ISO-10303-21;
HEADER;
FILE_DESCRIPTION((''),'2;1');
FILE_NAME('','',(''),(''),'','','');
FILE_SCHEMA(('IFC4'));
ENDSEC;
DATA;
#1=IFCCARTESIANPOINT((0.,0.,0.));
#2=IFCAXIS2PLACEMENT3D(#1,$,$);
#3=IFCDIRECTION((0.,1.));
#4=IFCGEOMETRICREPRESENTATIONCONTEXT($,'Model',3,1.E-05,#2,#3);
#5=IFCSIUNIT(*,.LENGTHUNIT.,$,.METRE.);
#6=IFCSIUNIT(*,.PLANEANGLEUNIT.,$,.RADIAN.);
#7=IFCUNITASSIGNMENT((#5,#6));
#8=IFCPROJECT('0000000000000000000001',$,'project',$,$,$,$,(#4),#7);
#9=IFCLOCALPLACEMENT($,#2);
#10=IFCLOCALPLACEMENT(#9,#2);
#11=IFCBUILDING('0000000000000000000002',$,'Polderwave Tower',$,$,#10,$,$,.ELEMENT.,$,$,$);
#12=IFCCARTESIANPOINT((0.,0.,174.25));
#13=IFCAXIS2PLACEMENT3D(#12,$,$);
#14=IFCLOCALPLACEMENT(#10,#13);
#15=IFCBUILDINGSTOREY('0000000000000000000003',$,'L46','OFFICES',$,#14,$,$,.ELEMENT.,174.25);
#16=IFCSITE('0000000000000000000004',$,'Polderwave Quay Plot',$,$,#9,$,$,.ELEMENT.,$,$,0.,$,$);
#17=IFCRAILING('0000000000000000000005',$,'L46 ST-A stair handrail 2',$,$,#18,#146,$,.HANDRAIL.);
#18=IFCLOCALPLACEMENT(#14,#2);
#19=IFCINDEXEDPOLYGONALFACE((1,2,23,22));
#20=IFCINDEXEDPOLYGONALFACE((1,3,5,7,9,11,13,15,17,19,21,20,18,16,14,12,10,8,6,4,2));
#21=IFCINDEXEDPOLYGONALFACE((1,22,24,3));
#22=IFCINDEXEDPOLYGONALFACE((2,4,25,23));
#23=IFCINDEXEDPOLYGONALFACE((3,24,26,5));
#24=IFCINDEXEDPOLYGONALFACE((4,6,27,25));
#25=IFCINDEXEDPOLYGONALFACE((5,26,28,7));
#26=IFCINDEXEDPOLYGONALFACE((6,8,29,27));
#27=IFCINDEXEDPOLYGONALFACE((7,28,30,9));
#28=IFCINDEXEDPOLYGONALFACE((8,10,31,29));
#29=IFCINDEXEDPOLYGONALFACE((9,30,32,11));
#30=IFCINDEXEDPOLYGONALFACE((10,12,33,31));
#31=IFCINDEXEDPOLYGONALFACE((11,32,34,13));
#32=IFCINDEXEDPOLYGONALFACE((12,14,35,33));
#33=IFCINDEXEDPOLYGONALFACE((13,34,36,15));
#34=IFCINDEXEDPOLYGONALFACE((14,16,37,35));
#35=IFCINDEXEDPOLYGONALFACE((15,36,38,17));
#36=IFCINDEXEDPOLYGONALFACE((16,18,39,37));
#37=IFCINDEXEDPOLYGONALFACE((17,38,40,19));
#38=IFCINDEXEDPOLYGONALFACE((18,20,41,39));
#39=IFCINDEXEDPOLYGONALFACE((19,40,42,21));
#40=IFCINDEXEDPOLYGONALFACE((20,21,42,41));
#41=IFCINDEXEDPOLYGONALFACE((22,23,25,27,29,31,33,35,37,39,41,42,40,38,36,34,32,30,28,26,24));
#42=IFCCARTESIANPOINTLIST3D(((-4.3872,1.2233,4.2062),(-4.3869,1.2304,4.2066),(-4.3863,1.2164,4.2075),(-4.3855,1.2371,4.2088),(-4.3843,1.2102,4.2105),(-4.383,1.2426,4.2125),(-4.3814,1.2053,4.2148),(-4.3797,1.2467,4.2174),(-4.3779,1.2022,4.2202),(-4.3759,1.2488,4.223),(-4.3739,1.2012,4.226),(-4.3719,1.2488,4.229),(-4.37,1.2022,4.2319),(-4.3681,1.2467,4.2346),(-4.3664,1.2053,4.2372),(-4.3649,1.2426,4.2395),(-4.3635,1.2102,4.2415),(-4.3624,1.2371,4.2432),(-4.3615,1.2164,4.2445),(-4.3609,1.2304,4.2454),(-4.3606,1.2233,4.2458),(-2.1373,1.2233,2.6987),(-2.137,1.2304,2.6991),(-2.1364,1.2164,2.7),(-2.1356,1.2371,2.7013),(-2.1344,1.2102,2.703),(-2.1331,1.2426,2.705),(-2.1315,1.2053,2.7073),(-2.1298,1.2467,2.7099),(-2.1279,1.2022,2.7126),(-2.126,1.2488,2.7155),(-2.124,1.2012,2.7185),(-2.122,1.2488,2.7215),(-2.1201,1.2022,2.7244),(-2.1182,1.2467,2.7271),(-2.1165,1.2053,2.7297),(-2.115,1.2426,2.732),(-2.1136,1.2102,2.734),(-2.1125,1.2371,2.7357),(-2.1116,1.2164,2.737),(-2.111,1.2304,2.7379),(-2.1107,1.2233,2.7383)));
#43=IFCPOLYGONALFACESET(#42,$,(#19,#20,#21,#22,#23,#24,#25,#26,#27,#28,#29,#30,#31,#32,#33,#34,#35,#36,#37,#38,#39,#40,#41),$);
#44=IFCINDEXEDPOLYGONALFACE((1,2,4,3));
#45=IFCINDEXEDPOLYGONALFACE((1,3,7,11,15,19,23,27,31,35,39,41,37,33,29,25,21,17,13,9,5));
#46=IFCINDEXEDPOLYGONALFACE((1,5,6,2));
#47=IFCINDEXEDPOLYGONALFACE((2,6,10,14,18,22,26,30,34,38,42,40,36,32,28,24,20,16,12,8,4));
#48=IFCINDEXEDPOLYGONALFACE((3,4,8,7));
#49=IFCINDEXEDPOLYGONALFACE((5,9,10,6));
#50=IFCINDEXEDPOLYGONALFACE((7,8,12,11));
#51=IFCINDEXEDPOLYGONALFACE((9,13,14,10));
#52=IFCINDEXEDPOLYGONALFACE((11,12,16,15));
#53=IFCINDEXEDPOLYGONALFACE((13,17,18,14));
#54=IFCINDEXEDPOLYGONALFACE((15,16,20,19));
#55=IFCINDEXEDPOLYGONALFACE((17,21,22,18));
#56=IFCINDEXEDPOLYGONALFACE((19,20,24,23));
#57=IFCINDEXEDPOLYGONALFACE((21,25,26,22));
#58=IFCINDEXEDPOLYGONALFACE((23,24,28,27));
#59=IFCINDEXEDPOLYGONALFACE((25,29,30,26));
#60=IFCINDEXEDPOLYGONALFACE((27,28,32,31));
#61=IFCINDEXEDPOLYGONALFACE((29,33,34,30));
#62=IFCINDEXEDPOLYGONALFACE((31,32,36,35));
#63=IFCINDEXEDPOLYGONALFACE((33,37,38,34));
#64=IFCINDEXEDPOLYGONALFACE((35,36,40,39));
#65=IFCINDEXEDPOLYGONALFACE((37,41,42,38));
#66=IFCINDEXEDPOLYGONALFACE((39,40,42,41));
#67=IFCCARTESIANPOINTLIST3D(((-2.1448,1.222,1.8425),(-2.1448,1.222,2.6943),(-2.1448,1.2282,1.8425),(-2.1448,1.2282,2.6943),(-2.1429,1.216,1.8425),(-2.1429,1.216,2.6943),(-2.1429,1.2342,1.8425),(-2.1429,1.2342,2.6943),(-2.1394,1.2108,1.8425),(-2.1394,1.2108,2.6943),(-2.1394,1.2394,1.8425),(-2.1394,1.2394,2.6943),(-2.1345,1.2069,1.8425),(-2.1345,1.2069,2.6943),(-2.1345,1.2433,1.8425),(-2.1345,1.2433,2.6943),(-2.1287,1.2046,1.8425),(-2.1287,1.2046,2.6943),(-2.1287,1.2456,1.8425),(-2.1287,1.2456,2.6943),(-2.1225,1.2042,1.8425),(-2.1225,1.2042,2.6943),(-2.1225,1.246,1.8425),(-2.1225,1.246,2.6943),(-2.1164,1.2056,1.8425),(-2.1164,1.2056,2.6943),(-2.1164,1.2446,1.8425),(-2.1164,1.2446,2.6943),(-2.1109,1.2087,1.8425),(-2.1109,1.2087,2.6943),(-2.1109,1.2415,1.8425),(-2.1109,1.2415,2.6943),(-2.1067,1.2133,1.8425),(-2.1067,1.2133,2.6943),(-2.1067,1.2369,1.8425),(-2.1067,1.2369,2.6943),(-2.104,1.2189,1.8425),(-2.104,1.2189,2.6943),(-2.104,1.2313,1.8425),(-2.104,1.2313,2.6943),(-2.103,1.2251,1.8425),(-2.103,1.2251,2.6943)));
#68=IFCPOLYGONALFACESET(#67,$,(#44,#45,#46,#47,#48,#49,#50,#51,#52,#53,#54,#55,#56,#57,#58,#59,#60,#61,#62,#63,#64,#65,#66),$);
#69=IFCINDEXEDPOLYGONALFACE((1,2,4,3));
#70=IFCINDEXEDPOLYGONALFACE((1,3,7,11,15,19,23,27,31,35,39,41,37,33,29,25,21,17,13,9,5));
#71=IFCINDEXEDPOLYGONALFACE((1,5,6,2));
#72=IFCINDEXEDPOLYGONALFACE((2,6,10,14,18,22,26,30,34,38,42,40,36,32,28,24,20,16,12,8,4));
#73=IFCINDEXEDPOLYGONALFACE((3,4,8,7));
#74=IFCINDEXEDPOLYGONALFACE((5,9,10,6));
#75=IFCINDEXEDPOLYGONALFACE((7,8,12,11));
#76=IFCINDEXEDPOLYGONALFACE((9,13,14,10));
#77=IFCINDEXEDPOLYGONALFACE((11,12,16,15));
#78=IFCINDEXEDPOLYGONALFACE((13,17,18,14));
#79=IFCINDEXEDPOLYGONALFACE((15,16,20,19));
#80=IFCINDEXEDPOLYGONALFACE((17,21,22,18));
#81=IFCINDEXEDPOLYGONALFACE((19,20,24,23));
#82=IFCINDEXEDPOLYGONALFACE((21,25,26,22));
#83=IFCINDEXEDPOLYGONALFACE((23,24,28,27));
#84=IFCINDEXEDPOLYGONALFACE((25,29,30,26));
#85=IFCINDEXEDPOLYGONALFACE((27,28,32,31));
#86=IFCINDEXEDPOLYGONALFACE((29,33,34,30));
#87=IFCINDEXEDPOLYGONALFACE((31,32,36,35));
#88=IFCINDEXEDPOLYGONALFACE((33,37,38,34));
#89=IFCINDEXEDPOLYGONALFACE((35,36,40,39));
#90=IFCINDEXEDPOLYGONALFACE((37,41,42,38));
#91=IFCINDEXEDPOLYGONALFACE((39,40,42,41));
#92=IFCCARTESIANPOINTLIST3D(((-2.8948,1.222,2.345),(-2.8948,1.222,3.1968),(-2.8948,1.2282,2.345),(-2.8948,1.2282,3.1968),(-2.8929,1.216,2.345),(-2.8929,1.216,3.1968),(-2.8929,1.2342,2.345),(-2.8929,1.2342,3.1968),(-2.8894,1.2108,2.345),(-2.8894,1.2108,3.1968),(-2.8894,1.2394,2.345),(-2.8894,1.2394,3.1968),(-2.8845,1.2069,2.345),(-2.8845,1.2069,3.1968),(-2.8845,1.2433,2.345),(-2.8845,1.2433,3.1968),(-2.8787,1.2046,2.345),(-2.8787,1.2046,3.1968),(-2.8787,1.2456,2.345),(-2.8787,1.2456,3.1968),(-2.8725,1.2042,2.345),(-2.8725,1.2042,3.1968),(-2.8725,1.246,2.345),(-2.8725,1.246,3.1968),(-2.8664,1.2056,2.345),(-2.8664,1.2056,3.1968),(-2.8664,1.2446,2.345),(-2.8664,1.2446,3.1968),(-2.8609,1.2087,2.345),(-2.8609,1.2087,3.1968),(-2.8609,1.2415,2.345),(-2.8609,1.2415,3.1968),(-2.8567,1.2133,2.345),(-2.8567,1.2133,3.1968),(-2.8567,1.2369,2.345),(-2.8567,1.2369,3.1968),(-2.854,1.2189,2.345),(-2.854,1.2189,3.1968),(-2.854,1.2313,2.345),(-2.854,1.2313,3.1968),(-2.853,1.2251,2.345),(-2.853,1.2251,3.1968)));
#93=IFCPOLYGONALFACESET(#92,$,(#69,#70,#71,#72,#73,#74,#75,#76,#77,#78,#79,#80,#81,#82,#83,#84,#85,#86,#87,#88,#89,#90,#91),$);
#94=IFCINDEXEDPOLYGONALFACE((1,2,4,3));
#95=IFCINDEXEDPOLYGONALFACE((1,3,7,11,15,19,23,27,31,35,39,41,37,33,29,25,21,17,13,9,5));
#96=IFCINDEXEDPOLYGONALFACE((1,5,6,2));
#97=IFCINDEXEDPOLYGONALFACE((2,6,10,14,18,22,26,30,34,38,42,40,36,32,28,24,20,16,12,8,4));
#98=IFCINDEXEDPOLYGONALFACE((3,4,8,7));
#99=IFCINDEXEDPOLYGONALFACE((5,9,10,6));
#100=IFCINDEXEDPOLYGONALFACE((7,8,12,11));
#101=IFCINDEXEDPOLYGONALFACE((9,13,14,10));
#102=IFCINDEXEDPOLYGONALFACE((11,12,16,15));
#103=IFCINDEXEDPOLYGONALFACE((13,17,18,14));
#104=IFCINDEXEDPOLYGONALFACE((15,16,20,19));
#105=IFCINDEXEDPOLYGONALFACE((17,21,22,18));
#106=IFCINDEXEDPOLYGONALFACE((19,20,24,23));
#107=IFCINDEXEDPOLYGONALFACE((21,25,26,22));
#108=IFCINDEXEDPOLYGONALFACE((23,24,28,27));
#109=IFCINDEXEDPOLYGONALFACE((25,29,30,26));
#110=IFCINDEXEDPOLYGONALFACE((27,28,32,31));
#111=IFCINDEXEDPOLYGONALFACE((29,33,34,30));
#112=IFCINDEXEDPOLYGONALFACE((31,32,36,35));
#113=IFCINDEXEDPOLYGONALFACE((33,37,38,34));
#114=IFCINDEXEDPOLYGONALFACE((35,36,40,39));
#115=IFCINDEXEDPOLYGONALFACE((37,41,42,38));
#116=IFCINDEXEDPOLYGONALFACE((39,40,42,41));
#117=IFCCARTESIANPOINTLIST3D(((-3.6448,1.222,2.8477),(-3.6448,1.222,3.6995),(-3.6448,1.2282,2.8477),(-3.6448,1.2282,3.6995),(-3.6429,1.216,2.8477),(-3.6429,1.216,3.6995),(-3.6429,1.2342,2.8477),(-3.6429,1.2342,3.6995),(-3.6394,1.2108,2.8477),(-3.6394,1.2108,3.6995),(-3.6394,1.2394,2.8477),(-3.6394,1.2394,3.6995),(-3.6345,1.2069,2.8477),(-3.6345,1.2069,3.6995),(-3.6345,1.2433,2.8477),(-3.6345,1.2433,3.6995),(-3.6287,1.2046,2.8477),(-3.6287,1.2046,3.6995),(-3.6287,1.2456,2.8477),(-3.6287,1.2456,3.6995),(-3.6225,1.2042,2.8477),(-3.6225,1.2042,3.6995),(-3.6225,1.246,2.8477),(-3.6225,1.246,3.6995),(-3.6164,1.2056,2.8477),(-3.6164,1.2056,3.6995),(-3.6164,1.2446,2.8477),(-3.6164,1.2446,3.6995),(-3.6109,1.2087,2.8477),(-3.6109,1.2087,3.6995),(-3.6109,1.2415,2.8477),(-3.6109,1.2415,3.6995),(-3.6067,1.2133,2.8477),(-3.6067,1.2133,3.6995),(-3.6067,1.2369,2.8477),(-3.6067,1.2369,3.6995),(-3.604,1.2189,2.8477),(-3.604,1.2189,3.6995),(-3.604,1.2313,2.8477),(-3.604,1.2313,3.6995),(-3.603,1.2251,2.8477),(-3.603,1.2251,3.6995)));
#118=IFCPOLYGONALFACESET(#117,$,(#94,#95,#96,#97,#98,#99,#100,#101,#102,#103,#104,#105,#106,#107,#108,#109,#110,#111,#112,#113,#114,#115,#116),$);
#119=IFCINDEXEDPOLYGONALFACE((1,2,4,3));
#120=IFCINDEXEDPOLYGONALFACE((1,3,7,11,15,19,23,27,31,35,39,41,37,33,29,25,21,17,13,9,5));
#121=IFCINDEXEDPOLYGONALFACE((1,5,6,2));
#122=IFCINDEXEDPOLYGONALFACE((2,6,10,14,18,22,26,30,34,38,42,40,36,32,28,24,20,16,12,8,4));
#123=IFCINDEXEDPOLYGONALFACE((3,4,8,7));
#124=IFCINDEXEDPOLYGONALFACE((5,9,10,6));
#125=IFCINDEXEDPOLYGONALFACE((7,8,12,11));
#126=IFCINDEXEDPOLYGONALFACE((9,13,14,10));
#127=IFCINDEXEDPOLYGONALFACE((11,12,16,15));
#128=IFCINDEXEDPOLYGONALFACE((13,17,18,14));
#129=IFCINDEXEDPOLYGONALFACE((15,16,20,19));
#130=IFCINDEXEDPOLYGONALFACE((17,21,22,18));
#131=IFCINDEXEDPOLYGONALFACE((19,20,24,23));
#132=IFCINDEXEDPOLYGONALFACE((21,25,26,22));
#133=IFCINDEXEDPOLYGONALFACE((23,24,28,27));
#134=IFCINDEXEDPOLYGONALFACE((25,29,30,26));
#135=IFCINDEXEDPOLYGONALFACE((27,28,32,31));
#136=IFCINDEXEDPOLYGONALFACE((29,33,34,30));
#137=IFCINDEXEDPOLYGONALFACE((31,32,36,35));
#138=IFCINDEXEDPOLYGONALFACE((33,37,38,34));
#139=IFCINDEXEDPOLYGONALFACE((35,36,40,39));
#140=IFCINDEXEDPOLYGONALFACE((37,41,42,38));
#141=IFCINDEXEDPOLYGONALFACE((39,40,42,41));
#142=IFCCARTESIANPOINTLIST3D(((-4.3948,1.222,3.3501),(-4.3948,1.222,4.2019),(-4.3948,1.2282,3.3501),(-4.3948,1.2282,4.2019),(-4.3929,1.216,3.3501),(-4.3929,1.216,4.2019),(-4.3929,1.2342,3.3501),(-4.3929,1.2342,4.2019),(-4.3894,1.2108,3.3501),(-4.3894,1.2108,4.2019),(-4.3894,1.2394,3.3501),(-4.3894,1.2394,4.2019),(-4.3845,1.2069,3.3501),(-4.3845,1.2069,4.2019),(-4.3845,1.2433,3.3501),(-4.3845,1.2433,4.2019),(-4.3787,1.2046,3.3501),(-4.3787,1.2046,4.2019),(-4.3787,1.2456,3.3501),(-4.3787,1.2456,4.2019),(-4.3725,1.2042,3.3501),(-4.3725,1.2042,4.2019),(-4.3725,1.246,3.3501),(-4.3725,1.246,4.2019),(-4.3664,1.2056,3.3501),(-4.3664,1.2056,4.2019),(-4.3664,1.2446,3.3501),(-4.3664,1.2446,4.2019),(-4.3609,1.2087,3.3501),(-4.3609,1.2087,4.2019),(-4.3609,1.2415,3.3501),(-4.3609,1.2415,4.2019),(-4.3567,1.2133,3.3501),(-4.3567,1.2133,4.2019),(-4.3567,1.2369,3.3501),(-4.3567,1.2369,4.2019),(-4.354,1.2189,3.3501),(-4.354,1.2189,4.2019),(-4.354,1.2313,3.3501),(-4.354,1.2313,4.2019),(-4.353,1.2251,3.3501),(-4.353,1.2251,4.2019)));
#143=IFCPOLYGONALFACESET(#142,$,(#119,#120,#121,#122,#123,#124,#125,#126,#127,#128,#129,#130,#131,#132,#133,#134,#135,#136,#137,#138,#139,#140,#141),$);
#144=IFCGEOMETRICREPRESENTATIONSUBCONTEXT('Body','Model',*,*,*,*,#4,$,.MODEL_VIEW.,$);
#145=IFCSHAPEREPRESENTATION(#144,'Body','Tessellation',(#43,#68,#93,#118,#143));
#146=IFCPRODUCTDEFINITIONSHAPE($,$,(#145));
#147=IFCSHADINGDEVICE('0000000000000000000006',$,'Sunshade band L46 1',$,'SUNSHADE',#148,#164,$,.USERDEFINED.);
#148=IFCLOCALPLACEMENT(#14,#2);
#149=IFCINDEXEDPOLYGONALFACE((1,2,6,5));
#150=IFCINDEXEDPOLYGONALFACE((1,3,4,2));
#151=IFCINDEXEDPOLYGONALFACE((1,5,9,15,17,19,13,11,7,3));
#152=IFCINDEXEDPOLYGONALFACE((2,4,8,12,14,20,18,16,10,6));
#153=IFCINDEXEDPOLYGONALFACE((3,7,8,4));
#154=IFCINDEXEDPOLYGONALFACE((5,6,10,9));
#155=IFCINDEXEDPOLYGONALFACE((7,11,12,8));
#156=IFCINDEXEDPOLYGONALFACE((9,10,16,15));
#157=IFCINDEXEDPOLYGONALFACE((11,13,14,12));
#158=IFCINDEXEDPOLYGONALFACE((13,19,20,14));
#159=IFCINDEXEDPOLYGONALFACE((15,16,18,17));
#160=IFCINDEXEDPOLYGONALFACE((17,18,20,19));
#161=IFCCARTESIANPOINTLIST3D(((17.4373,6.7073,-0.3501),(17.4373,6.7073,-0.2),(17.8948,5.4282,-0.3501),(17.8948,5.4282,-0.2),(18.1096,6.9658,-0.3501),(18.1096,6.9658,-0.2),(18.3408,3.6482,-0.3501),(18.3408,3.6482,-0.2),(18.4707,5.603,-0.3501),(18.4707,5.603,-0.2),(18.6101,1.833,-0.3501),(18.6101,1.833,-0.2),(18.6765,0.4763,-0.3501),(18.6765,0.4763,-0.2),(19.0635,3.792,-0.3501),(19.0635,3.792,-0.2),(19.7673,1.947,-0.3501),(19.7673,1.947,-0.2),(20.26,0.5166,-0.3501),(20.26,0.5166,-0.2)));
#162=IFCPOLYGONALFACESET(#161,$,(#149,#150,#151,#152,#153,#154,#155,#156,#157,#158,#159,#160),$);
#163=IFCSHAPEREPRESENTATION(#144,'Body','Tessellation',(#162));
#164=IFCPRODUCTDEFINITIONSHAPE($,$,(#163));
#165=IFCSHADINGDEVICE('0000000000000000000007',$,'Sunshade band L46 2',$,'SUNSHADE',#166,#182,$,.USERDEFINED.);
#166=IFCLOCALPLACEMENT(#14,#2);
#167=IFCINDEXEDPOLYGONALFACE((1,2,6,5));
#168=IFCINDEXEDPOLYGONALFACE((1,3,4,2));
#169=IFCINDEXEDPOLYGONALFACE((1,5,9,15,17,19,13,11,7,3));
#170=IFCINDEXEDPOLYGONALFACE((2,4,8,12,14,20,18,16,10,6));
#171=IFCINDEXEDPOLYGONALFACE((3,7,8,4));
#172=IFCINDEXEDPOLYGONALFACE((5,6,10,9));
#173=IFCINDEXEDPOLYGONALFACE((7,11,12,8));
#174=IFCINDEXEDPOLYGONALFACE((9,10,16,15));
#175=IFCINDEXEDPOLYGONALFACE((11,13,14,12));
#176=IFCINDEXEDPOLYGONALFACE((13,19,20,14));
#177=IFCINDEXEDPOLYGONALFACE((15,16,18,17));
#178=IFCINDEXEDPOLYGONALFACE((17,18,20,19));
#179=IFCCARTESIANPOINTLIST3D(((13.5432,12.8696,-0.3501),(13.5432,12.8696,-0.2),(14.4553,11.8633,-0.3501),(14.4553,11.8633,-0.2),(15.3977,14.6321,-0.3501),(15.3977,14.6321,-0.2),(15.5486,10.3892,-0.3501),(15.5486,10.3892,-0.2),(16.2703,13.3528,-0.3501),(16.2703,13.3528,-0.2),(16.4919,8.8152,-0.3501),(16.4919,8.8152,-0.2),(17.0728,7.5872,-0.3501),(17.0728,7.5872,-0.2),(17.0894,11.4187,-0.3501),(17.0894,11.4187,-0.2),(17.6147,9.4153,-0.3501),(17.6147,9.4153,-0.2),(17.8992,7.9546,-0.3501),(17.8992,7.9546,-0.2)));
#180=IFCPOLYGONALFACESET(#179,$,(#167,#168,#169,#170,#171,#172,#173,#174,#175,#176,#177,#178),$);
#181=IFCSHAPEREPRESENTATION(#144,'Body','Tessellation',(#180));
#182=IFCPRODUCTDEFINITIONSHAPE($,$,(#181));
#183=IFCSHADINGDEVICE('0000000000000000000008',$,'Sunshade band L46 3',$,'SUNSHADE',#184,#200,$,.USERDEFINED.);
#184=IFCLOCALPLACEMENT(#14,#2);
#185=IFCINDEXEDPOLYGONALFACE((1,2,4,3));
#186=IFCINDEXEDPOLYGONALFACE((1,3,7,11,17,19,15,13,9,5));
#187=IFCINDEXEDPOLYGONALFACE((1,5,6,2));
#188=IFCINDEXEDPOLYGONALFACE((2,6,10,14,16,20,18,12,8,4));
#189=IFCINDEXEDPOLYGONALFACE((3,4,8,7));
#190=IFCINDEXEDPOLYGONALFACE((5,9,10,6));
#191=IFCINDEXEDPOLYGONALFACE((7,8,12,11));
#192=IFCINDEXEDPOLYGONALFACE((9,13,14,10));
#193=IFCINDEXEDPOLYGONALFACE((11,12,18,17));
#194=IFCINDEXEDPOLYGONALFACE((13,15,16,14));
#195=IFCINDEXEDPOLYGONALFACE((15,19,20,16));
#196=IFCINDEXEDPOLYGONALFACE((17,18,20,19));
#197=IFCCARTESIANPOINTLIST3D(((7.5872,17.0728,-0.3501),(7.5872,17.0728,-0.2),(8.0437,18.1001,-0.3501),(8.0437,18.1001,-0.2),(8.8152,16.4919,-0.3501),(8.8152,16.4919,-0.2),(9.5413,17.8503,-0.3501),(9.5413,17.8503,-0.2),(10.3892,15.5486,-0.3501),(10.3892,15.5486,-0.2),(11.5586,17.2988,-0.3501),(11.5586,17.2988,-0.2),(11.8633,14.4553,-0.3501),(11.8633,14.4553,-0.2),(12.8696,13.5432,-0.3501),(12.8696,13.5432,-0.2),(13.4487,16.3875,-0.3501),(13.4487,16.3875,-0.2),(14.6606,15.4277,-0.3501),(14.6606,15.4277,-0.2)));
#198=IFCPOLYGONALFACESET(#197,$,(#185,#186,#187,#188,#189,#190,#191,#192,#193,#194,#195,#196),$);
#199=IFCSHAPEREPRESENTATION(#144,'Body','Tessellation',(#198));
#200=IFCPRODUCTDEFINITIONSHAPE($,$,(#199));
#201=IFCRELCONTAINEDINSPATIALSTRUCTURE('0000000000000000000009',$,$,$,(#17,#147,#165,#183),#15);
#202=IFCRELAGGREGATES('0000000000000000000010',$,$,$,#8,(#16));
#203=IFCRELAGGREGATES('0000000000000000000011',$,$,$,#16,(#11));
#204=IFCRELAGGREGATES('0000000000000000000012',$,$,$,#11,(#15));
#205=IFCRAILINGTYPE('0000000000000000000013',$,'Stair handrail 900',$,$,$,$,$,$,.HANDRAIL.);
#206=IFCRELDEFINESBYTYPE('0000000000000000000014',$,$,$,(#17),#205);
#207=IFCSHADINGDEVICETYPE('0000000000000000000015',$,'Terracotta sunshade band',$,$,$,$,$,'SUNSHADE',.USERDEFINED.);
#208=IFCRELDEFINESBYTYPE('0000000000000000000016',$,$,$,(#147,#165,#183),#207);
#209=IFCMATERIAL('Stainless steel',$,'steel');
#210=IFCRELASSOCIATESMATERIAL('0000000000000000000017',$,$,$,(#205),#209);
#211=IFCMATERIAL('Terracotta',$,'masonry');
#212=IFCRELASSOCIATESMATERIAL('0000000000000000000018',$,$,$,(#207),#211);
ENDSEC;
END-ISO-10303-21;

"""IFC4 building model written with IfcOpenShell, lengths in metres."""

from ifc_helpers import new_model, si_unit, direction, frame, origin, origin_2d, place, context, subcontext, project, spatial, polyline, circle, outline, extrude, material, type_object, element, save


model = new_model("IFC4")

# Units and contexts
model_context = context("Model", 3, precision=1e-05, world=origin(), true_north=direction((0.0, 1.0)))
body_context = subcontext(model_context, "Body", "Model", "MODEL_VIEW")
ifc_project = project(units=[si_unit("LENGTHUNIT", "METRE"), si_unit("PLANEANGLEUNIT", "RADIAN")], contexts=[model_context])

# Site, building, storey
site_placement = place(None, origin())
site = spatial("IfcSite", under=ifc_project, at=site_placement, Name="Polderwave Quay Plot", CompositionType="ELEMENT", RefElevation=0.0)
building_placement = place(site_placement, origin())
building = spatial("IfcBuilding", under=site, at=building_placement, Name="Polderwave Tower", CompositionType="ELEMENT")
storey_placement = place(building_placement, frame((0.0, 0.0, 174.25)))
storey = spatial("IfcBuildingStorey", under=building, at=storey_placement, Name="L46", Description="OFFICES", CompositionType="ELEMENT", Elevation=174.25)

# Shared definitions
ifc_material_1 = material(Name="Stainless steel", Category="steel")

# Railing
railing_type_1 = type_object("IfcRailingType", Name="Stair handrail 900", PredefinedType="HANDRAIL", material=ifc_material_1)
railing_1_placement = place(storey_placement, frame((-2.124, 1.2251, 1.8425)))
element("IfcRailing", 1, at=railing_1_placement, inside=storey, type_object=railing_type_1, Name="L46 ST-A stair handrail 2", PredefinedType="HANDRAIL", context=body_context, shape_type="SweptSolid", body=[
    extrude(circle(Radius=0.0239, at=origin_2d()), frame((0.0, 0.0, 0.876), z_axis=(-0.830758, 0.0, 0.556633), x_axis=(0.0, -1.0, 0.0)), (0.0, 0.0, 1.0), 2.7083),
    extrude(circle(Radius=0.021, at=origin_2d()), origin(), (0.0, 0.0, 1.0), 0.8518),
    extrude(circle(Radius=0.021, at=origin_2d()), frame((-0.75, 0.0, 0.5024)), (0.0, 0.0, 1.0), 0.8518),
    extrude(circle(Radius=0.021, at=origin_2d()), frame((-1.5, 0.0, 1.0051)), (0.0, 0.0, 1.0), 0.8518),
    extrude(circle(Radius=0.021, at=origin_2d()), frame((-2.25, 0.0, 1.5076)), (0.0, 0.0, 1.0), 0.8518),
])

# Shading devices
ifc_material_2 = material(Name="Terracotta", Category="masonry")
shading_device_type = type_object("IfcShadingDeviceType", Name="Terracotta sunshade band", ElementType="SUNSHADE", PredefinedType="USERDEFINED", material=ifc_material_2)
shading_device_1_placement = place(storey_placement, frame((0.0, 0.0, -0.3501)))
element("IfcShadingDevice", 2, at=shading_device_1_placement, inside=storey, type_object=shading_device_type, Name="Sunshade band L46 1", ObjectType="SUNSHADE", PredefinedType="USERDEFINED", context=body_context, shape_type="SweptSolid", body=[
    extrude(outline(polyline([(18.6765, 0.4763), (18.6101, 1.833), (18.3408, 3.6482), (17.8948, 5.4282), (17.4373, 6.7073), (18.1096, 6.9658), (18.4707, 5.603), (19.0635, 3.792), (19.7673, 1.947), (20.26, 0.5166), (18.6765, 0.4763)])), origin(), (0.0, 0.0, 1.0), 0.1501),
])
shading_device_2_placement = place(storey_placement, frame((0.0, 0.0, -0.3501)))
element("IfcShadingDevice", 3, at=shading_device_2_placement, inside=storey, type_object=shading_device_type, Name="Sunshade band L46 2", ObjectType="SUNSHADE", PredefinedType="USERDEFINED", context=body_context, shape_type="SweptSolid", body=[
    extrude(outline(polyline([(17.0728, 7.5872), (16.4919, 8.8152), (15.5486, 10.3892), (14.4553, 11.8633), (13.5432, 12.8696), (15.3977, 14.6321), (16.2703, 13.3528), (17.0894, 11.4187), (17.6147, 9.4153), (17.8992, 7.9546), (17.0728, 7.5872)])), origin(), (0.0, 0.0, 1.0), 0.1501),
])
shading_device_3_placement = place(storey_placement, frame((0.0, 0.0, -0.3501)))
element("IfcShadingDevice", 4, at=shading_device_3_placement, inside=storey, type_object=shading_device_type, Name="Sunshade band L46 3", ObjectType="SUNSHADE", PredefinedType="USERDEFINED", context=body_context, shape_type="SweptSolid", body=[
    extrude(outline(polyline([(12.8696, 13.5432), (11.8633, 14.4553), (10.3892, 15.5486), (8.8152, 16.4919), (7.5872, 17.0728), (8.0437, 18.1001), (9.5413, 17.8503), (11.5586, 17.2988), (13.4487, 16.3875), (14.6606, 15.4277), (12.8696, 13.5432)])), origin(), (0.0, 0.0, 1.0), 0.1501),
])

save(model, "model.ifc")
